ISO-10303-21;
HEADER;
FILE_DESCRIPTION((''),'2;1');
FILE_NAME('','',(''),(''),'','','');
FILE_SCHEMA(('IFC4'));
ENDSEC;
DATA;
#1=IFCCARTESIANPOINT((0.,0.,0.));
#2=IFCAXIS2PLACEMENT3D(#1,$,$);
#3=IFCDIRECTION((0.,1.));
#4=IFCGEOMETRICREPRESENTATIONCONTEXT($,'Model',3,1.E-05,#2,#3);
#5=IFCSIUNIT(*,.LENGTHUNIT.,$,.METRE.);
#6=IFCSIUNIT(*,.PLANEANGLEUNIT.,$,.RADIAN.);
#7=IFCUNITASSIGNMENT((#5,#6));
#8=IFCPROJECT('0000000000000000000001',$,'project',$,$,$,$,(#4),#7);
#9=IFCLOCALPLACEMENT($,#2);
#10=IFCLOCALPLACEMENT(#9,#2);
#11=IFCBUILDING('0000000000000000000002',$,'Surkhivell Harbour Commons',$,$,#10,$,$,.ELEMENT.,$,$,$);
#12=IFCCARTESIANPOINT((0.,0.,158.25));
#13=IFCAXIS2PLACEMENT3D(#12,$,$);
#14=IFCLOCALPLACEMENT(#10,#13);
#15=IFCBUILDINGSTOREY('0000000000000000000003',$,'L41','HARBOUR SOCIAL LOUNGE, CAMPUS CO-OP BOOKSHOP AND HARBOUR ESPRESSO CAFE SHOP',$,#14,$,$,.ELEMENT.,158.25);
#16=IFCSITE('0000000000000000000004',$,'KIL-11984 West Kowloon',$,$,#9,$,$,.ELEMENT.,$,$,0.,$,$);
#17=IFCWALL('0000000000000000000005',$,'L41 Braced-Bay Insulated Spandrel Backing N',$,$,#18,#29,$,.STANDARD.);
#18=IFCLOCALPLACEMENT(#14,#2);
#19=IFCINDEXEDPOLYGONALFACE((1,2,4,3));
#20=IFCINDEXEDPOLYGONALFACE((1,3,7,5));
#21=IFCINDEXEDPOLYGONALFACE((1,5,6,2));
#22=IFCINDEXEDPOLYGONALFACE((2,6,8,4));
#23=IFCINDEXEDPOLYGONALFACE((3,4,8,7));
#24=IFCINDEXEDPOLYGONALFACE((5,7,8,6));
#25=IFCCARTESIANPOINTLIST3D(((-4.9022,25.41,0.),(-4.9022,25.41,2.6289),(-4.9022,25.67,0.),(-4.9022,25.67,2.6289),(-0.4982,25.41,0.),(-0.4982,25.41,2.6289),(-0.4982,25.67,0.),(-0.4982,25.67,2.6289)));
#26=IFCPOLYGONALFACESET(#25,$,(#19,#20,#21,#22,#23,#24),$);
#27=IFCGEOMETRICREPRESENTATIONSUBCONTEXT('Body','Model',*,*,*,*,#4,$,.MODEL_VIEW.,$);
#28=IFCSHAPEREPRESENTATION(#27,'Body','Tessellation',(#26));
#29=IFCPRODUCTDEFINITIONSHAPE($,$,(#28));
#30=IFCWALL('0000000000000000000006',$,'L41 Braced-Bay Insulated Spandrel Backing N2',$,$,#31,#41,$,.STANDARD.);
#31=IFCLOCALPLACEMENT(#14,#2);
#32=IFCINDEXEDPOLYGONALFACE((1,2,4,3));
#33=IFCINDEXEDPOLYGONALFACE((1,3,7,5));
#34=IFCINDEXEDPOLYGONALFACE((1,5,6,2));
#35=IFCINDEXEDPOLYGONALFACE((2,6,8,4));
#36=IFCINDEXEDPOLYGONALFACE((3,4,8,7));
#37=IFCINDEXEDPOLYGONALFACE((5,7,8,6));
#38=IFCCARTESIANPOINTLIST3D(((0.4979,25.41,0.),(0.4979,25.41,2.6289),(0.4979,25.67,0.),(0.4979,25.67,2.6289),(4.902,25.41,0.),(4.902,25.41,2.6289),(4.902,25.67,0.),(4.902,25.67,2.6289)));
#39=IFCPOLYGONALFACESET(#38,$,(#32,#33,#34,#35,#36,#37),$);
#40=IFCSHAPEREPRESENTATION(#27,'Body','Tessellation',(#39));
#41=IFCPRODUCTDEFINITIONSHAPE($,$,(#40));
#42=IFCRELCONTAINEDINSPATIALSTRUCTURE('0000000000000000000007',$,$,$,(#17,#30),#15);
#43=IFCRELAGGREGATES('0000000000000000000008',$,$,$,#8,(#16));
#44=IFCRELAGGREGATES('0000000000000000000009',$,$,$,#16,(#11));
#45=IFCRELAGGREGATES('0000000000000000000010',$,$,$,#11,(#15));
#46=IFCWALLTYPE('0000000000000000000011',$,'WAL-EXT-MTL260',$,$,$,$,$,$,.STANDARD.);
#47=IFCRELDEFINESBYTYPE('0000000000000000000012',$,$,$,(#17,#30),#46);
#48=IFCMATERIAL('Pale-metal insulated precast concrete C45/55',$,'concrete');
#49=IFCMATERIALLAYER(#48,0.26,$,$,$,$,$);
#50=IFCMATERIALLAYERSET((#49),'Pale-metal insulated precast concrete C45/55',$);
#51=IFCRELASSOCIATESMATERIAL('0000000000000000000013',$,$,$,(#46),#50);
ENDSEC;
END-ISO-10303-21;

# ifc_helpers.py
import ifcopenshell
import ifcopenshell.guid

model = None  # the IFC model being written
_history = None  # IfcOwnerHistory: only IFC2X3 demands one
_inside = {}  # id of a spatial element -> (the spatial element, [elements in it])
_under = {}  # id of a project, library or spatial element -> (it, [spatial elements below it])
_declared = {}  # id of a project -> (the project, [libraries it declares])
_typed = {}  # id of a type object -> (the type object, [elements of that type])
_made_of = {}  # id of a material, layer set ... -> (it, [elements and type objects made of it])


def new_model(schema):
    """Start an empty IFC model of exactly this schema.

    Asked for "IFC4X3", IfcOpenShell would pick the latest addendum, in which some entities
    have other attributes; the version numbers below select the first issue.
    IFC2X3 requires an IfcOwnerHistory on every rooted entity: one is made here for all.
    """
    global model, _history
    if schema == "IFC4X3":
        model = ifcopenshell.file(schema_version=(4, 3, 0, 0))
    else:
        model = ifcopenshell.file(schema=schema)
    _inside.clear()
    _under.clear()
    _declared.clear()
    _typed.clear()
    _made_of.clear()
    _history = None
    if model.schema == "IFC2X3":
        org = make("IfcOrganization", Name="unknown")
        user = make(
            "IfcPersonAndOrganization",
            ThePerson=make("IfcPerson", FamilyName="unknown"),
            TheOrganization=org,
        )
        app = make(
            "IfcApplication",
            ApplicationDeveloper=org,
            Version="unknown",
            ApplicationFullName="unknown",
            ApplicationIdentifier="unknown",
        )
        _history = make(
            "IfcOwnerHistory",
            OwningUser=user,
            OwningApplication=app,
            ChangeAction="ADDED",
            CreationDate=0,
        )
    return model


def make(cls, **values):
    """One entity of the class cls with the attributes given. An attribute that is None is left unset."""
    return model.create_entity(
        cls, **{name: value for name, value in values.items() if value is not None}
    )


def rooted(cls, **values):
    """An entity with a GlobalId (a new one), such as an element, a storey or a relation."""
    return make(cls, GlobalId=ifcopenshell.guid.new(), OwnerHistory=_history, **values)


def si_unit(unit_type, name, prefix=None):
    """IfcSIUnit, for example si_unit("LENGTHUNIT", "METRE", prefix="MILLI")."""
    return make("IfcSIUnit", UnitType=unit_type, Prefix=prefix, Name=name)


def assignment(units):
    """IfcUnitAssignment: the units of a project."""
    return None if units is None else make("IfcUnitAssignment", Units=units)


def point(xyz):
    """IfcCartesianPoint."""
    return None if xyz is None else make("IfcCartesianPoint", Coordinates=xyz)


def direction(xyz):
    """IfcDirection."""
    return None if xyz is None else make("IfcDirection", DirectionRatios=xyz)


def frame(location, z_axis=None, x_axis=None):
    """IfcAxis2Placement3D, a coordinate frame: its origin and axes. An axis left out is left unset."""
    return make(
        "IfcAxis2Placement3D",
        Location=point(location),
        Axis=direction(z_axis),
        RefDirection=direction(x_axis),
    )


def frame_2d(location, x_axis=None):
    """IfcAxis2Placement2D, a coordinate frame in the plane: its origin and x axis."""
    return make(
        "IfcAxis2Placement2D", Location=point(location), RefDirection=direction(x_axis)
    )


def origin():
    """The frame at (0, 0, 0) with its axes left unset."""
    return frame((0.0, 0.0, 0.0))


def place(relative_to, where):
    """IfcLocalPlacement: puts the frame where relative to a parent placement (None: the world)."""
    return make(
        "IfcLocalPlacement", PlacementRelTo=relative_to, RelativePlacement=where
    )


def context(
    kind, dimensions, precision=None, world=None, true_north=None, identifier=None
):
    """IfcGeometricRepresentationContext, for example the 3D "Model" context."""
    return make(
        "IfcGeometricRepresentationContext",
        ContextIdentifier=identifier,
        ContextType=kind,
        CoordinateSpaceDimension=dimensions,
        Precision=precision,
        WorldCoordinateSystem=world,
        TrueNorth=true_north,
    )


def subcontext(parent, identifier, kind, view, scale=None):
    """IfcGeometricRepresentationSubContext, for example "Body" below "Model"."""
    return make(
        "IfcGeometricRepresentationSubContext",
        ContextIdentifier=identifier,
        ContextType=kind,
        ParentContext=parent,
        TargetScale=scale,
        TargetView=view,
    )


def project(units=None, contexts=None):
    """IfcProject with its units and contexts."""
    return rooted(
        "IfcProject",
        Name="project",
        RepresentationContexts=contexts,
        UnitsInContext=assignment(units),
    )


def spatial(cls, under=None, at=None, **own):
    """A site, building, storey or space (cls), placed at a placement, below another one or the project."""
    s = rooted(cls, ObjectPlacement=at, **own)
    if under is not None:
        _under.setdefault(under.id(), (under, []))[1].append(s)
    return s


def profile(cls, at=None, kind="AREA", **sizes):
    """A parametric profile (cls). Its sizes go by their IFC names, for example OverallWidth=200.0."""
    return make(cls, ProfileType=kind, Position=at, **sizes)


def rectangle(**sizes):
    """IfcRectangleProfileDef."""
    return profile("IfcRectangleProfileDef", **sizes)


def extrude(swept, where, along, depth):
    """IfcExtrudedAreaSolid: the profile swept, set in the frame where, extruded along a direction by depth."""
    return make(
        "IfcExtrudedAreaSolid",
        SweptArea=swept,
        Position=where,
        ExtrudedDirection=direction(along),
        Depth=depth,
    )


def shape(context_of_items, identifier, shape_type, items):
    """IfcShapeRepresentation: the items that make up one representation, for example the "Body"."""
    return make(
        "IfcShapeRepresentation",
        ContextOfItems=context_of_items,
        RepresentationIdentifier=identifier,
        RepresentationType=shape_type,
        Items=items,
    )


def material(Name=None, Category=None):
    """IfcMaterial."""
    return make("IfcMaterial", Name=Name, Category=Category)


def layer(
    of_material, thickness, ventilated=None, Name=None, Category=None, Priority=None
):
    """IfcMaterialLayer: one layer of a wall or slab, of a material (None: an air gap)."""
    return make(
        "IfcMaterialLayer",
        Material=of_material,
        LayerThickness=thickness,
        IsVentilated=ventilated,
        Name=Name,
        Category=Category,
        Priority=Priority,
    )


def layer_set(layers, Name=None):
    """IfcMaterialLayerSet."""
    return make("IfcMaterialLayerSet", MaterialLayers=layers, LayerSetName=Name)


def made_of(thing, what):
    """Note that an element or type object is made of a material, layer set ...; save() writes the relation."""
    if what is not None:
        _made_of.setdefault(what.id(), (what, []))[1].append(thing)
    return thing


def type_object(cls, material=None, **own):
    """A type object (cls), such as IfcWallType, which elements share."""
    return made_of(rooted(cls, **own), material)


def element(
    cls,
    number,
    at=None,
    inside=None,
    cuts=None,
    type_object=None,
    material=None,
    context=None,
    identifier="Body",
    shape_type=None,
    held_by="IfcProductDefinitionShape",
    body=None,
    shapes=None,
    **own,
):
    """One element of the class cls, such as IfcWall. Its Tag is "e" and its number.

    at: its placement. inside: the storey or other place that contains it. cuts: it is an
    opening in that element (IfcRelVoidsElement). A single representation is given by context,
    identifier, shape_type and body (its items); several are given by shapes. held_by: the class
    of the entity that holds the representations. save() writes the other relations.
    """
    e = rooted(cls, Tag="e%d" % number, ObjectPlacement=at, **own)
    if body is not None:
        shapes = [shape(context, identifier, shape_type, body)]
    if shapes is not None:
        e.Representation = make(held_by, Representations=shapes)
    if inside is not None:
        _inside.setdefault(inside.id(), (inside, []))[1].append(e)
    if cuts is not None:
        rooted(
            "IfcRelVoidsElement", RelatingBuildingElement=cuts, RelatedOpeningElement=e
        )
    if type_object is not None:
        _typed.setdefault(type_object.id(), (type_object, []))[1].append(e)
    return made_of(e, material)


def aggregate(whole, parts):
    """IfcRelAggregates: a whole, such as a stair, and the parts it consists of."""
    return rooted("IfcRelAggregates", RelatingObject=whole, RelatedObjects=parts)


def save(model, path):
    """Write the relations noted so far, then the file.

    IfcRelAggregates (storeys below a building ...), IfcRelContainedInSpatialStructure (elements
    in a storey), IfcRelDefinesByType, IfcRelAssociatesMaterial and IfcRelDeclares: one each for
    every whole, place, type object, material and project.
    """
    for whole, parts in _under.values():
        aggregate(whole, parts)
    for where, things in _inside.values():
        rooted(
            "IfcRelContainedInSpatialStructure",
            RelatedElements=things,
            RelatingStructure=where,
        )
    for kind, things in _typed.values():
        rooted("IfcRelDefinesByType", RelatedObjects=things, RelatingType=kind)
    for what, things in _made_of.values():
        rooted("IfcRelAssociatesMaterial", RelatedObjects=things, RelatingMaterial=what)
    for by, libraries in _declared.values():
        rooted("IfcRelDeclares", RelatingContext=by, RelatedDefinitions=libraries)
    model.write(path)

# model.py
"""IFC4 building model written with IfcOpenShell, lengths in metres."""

from ifc_helpers import new_model, si_unit, direction, frame, frame_2d, origin, place, context, subcontext, project, spatial, rectangle, extrude, material, layer, layer_set, type_object, element, save


model = new_model("IFC4")

# Units and contexts
model_context = context("Model", 3, precision=1e-05, world=origin(), true_north=direction((0.0, 1.0)))
body_context = subcontext(model_context, "Body", "Model", "MODEL_VIEW")
ifc_project = project(units=[si_unit("LENGTHUNIT", "METRE"), si_unit("PLANEANGLEUNIT", "RADIAN")], contexts=[model_context])

# Site, building, storey
site_placement = place(None, origin())
site = spatial("IfcSite", under=ifc_project, at=site_placement, Name="KIL-11984 West Kowloon", CompositionType="ELEMENT", RefElevation=0.0)
building_placement = place(site_placement, origin())
building = spatial("IfcBuilding", under=site, at=building_placement, Name="Surkhivell Harbour Commons", CompositionType="ELEMENT")
storey_placement = place(building_placement, frame((0.0, 0.0, 158.25)))
storey = spatial("IfcBuildingStorey", under=building, at=storey_placement, Name="L41", Description="HARBOUR SOCIAL LOUNGE, CAMPUS CO-OP BOOKSHOP AND HARBOUR ESPRESSO CAFE SHOP", CompositionType="ELEMENT", Elevation=158.25)

# Walls
ifc_material_1 = material(Name="Pale-metal insulated precast concrete C45/55", Category="concrete")
ifc_layer_1 = layer(ifc_material_1, 0.26)
ifc_layer_set_1 = layer_set([ifc_layer_1], Name="Pale-metal insulated precast concrete C45/55")
wall_type = type_object("IfcWallType", Name="WAL-EXT-MTL260", PredefinedType="STANDARD", material=ifc_layer_set_1)
for number, where, z_axis, x_axis, name in (
    (1, (-0.498, 25.54, 0.0), (0.0, 0.0, 1.0), (-1.0, 0.0, 0.0), "L41 Braced-Bay Insulated Spandrel Backing N"),
    (2, (4.9021, 25.54, 0.0), (0.0, 0.0, 1.0), (-1.0, 0.0, 0.0), "L41 Braced-Bay Insulated Spandrel Backing N2"),
):
    element("IfcWall", number, at=place(storey_placement, frame(where, z_axis=z_axis, x_axis=x_axis)), inside=storey, type_object=wall_type, Name=name, PredefinedType="STANDARD", context=body_context, shape_type="SweptSolid", body=[
        extrude(rectangle(XDim=4.4041, YDim=0.26, at=frame_2d((2.2021, 0.0))), origin(), (0.0, 0.0, 1.0), 2.6289),
    ])

save(model, "model.ifc")
